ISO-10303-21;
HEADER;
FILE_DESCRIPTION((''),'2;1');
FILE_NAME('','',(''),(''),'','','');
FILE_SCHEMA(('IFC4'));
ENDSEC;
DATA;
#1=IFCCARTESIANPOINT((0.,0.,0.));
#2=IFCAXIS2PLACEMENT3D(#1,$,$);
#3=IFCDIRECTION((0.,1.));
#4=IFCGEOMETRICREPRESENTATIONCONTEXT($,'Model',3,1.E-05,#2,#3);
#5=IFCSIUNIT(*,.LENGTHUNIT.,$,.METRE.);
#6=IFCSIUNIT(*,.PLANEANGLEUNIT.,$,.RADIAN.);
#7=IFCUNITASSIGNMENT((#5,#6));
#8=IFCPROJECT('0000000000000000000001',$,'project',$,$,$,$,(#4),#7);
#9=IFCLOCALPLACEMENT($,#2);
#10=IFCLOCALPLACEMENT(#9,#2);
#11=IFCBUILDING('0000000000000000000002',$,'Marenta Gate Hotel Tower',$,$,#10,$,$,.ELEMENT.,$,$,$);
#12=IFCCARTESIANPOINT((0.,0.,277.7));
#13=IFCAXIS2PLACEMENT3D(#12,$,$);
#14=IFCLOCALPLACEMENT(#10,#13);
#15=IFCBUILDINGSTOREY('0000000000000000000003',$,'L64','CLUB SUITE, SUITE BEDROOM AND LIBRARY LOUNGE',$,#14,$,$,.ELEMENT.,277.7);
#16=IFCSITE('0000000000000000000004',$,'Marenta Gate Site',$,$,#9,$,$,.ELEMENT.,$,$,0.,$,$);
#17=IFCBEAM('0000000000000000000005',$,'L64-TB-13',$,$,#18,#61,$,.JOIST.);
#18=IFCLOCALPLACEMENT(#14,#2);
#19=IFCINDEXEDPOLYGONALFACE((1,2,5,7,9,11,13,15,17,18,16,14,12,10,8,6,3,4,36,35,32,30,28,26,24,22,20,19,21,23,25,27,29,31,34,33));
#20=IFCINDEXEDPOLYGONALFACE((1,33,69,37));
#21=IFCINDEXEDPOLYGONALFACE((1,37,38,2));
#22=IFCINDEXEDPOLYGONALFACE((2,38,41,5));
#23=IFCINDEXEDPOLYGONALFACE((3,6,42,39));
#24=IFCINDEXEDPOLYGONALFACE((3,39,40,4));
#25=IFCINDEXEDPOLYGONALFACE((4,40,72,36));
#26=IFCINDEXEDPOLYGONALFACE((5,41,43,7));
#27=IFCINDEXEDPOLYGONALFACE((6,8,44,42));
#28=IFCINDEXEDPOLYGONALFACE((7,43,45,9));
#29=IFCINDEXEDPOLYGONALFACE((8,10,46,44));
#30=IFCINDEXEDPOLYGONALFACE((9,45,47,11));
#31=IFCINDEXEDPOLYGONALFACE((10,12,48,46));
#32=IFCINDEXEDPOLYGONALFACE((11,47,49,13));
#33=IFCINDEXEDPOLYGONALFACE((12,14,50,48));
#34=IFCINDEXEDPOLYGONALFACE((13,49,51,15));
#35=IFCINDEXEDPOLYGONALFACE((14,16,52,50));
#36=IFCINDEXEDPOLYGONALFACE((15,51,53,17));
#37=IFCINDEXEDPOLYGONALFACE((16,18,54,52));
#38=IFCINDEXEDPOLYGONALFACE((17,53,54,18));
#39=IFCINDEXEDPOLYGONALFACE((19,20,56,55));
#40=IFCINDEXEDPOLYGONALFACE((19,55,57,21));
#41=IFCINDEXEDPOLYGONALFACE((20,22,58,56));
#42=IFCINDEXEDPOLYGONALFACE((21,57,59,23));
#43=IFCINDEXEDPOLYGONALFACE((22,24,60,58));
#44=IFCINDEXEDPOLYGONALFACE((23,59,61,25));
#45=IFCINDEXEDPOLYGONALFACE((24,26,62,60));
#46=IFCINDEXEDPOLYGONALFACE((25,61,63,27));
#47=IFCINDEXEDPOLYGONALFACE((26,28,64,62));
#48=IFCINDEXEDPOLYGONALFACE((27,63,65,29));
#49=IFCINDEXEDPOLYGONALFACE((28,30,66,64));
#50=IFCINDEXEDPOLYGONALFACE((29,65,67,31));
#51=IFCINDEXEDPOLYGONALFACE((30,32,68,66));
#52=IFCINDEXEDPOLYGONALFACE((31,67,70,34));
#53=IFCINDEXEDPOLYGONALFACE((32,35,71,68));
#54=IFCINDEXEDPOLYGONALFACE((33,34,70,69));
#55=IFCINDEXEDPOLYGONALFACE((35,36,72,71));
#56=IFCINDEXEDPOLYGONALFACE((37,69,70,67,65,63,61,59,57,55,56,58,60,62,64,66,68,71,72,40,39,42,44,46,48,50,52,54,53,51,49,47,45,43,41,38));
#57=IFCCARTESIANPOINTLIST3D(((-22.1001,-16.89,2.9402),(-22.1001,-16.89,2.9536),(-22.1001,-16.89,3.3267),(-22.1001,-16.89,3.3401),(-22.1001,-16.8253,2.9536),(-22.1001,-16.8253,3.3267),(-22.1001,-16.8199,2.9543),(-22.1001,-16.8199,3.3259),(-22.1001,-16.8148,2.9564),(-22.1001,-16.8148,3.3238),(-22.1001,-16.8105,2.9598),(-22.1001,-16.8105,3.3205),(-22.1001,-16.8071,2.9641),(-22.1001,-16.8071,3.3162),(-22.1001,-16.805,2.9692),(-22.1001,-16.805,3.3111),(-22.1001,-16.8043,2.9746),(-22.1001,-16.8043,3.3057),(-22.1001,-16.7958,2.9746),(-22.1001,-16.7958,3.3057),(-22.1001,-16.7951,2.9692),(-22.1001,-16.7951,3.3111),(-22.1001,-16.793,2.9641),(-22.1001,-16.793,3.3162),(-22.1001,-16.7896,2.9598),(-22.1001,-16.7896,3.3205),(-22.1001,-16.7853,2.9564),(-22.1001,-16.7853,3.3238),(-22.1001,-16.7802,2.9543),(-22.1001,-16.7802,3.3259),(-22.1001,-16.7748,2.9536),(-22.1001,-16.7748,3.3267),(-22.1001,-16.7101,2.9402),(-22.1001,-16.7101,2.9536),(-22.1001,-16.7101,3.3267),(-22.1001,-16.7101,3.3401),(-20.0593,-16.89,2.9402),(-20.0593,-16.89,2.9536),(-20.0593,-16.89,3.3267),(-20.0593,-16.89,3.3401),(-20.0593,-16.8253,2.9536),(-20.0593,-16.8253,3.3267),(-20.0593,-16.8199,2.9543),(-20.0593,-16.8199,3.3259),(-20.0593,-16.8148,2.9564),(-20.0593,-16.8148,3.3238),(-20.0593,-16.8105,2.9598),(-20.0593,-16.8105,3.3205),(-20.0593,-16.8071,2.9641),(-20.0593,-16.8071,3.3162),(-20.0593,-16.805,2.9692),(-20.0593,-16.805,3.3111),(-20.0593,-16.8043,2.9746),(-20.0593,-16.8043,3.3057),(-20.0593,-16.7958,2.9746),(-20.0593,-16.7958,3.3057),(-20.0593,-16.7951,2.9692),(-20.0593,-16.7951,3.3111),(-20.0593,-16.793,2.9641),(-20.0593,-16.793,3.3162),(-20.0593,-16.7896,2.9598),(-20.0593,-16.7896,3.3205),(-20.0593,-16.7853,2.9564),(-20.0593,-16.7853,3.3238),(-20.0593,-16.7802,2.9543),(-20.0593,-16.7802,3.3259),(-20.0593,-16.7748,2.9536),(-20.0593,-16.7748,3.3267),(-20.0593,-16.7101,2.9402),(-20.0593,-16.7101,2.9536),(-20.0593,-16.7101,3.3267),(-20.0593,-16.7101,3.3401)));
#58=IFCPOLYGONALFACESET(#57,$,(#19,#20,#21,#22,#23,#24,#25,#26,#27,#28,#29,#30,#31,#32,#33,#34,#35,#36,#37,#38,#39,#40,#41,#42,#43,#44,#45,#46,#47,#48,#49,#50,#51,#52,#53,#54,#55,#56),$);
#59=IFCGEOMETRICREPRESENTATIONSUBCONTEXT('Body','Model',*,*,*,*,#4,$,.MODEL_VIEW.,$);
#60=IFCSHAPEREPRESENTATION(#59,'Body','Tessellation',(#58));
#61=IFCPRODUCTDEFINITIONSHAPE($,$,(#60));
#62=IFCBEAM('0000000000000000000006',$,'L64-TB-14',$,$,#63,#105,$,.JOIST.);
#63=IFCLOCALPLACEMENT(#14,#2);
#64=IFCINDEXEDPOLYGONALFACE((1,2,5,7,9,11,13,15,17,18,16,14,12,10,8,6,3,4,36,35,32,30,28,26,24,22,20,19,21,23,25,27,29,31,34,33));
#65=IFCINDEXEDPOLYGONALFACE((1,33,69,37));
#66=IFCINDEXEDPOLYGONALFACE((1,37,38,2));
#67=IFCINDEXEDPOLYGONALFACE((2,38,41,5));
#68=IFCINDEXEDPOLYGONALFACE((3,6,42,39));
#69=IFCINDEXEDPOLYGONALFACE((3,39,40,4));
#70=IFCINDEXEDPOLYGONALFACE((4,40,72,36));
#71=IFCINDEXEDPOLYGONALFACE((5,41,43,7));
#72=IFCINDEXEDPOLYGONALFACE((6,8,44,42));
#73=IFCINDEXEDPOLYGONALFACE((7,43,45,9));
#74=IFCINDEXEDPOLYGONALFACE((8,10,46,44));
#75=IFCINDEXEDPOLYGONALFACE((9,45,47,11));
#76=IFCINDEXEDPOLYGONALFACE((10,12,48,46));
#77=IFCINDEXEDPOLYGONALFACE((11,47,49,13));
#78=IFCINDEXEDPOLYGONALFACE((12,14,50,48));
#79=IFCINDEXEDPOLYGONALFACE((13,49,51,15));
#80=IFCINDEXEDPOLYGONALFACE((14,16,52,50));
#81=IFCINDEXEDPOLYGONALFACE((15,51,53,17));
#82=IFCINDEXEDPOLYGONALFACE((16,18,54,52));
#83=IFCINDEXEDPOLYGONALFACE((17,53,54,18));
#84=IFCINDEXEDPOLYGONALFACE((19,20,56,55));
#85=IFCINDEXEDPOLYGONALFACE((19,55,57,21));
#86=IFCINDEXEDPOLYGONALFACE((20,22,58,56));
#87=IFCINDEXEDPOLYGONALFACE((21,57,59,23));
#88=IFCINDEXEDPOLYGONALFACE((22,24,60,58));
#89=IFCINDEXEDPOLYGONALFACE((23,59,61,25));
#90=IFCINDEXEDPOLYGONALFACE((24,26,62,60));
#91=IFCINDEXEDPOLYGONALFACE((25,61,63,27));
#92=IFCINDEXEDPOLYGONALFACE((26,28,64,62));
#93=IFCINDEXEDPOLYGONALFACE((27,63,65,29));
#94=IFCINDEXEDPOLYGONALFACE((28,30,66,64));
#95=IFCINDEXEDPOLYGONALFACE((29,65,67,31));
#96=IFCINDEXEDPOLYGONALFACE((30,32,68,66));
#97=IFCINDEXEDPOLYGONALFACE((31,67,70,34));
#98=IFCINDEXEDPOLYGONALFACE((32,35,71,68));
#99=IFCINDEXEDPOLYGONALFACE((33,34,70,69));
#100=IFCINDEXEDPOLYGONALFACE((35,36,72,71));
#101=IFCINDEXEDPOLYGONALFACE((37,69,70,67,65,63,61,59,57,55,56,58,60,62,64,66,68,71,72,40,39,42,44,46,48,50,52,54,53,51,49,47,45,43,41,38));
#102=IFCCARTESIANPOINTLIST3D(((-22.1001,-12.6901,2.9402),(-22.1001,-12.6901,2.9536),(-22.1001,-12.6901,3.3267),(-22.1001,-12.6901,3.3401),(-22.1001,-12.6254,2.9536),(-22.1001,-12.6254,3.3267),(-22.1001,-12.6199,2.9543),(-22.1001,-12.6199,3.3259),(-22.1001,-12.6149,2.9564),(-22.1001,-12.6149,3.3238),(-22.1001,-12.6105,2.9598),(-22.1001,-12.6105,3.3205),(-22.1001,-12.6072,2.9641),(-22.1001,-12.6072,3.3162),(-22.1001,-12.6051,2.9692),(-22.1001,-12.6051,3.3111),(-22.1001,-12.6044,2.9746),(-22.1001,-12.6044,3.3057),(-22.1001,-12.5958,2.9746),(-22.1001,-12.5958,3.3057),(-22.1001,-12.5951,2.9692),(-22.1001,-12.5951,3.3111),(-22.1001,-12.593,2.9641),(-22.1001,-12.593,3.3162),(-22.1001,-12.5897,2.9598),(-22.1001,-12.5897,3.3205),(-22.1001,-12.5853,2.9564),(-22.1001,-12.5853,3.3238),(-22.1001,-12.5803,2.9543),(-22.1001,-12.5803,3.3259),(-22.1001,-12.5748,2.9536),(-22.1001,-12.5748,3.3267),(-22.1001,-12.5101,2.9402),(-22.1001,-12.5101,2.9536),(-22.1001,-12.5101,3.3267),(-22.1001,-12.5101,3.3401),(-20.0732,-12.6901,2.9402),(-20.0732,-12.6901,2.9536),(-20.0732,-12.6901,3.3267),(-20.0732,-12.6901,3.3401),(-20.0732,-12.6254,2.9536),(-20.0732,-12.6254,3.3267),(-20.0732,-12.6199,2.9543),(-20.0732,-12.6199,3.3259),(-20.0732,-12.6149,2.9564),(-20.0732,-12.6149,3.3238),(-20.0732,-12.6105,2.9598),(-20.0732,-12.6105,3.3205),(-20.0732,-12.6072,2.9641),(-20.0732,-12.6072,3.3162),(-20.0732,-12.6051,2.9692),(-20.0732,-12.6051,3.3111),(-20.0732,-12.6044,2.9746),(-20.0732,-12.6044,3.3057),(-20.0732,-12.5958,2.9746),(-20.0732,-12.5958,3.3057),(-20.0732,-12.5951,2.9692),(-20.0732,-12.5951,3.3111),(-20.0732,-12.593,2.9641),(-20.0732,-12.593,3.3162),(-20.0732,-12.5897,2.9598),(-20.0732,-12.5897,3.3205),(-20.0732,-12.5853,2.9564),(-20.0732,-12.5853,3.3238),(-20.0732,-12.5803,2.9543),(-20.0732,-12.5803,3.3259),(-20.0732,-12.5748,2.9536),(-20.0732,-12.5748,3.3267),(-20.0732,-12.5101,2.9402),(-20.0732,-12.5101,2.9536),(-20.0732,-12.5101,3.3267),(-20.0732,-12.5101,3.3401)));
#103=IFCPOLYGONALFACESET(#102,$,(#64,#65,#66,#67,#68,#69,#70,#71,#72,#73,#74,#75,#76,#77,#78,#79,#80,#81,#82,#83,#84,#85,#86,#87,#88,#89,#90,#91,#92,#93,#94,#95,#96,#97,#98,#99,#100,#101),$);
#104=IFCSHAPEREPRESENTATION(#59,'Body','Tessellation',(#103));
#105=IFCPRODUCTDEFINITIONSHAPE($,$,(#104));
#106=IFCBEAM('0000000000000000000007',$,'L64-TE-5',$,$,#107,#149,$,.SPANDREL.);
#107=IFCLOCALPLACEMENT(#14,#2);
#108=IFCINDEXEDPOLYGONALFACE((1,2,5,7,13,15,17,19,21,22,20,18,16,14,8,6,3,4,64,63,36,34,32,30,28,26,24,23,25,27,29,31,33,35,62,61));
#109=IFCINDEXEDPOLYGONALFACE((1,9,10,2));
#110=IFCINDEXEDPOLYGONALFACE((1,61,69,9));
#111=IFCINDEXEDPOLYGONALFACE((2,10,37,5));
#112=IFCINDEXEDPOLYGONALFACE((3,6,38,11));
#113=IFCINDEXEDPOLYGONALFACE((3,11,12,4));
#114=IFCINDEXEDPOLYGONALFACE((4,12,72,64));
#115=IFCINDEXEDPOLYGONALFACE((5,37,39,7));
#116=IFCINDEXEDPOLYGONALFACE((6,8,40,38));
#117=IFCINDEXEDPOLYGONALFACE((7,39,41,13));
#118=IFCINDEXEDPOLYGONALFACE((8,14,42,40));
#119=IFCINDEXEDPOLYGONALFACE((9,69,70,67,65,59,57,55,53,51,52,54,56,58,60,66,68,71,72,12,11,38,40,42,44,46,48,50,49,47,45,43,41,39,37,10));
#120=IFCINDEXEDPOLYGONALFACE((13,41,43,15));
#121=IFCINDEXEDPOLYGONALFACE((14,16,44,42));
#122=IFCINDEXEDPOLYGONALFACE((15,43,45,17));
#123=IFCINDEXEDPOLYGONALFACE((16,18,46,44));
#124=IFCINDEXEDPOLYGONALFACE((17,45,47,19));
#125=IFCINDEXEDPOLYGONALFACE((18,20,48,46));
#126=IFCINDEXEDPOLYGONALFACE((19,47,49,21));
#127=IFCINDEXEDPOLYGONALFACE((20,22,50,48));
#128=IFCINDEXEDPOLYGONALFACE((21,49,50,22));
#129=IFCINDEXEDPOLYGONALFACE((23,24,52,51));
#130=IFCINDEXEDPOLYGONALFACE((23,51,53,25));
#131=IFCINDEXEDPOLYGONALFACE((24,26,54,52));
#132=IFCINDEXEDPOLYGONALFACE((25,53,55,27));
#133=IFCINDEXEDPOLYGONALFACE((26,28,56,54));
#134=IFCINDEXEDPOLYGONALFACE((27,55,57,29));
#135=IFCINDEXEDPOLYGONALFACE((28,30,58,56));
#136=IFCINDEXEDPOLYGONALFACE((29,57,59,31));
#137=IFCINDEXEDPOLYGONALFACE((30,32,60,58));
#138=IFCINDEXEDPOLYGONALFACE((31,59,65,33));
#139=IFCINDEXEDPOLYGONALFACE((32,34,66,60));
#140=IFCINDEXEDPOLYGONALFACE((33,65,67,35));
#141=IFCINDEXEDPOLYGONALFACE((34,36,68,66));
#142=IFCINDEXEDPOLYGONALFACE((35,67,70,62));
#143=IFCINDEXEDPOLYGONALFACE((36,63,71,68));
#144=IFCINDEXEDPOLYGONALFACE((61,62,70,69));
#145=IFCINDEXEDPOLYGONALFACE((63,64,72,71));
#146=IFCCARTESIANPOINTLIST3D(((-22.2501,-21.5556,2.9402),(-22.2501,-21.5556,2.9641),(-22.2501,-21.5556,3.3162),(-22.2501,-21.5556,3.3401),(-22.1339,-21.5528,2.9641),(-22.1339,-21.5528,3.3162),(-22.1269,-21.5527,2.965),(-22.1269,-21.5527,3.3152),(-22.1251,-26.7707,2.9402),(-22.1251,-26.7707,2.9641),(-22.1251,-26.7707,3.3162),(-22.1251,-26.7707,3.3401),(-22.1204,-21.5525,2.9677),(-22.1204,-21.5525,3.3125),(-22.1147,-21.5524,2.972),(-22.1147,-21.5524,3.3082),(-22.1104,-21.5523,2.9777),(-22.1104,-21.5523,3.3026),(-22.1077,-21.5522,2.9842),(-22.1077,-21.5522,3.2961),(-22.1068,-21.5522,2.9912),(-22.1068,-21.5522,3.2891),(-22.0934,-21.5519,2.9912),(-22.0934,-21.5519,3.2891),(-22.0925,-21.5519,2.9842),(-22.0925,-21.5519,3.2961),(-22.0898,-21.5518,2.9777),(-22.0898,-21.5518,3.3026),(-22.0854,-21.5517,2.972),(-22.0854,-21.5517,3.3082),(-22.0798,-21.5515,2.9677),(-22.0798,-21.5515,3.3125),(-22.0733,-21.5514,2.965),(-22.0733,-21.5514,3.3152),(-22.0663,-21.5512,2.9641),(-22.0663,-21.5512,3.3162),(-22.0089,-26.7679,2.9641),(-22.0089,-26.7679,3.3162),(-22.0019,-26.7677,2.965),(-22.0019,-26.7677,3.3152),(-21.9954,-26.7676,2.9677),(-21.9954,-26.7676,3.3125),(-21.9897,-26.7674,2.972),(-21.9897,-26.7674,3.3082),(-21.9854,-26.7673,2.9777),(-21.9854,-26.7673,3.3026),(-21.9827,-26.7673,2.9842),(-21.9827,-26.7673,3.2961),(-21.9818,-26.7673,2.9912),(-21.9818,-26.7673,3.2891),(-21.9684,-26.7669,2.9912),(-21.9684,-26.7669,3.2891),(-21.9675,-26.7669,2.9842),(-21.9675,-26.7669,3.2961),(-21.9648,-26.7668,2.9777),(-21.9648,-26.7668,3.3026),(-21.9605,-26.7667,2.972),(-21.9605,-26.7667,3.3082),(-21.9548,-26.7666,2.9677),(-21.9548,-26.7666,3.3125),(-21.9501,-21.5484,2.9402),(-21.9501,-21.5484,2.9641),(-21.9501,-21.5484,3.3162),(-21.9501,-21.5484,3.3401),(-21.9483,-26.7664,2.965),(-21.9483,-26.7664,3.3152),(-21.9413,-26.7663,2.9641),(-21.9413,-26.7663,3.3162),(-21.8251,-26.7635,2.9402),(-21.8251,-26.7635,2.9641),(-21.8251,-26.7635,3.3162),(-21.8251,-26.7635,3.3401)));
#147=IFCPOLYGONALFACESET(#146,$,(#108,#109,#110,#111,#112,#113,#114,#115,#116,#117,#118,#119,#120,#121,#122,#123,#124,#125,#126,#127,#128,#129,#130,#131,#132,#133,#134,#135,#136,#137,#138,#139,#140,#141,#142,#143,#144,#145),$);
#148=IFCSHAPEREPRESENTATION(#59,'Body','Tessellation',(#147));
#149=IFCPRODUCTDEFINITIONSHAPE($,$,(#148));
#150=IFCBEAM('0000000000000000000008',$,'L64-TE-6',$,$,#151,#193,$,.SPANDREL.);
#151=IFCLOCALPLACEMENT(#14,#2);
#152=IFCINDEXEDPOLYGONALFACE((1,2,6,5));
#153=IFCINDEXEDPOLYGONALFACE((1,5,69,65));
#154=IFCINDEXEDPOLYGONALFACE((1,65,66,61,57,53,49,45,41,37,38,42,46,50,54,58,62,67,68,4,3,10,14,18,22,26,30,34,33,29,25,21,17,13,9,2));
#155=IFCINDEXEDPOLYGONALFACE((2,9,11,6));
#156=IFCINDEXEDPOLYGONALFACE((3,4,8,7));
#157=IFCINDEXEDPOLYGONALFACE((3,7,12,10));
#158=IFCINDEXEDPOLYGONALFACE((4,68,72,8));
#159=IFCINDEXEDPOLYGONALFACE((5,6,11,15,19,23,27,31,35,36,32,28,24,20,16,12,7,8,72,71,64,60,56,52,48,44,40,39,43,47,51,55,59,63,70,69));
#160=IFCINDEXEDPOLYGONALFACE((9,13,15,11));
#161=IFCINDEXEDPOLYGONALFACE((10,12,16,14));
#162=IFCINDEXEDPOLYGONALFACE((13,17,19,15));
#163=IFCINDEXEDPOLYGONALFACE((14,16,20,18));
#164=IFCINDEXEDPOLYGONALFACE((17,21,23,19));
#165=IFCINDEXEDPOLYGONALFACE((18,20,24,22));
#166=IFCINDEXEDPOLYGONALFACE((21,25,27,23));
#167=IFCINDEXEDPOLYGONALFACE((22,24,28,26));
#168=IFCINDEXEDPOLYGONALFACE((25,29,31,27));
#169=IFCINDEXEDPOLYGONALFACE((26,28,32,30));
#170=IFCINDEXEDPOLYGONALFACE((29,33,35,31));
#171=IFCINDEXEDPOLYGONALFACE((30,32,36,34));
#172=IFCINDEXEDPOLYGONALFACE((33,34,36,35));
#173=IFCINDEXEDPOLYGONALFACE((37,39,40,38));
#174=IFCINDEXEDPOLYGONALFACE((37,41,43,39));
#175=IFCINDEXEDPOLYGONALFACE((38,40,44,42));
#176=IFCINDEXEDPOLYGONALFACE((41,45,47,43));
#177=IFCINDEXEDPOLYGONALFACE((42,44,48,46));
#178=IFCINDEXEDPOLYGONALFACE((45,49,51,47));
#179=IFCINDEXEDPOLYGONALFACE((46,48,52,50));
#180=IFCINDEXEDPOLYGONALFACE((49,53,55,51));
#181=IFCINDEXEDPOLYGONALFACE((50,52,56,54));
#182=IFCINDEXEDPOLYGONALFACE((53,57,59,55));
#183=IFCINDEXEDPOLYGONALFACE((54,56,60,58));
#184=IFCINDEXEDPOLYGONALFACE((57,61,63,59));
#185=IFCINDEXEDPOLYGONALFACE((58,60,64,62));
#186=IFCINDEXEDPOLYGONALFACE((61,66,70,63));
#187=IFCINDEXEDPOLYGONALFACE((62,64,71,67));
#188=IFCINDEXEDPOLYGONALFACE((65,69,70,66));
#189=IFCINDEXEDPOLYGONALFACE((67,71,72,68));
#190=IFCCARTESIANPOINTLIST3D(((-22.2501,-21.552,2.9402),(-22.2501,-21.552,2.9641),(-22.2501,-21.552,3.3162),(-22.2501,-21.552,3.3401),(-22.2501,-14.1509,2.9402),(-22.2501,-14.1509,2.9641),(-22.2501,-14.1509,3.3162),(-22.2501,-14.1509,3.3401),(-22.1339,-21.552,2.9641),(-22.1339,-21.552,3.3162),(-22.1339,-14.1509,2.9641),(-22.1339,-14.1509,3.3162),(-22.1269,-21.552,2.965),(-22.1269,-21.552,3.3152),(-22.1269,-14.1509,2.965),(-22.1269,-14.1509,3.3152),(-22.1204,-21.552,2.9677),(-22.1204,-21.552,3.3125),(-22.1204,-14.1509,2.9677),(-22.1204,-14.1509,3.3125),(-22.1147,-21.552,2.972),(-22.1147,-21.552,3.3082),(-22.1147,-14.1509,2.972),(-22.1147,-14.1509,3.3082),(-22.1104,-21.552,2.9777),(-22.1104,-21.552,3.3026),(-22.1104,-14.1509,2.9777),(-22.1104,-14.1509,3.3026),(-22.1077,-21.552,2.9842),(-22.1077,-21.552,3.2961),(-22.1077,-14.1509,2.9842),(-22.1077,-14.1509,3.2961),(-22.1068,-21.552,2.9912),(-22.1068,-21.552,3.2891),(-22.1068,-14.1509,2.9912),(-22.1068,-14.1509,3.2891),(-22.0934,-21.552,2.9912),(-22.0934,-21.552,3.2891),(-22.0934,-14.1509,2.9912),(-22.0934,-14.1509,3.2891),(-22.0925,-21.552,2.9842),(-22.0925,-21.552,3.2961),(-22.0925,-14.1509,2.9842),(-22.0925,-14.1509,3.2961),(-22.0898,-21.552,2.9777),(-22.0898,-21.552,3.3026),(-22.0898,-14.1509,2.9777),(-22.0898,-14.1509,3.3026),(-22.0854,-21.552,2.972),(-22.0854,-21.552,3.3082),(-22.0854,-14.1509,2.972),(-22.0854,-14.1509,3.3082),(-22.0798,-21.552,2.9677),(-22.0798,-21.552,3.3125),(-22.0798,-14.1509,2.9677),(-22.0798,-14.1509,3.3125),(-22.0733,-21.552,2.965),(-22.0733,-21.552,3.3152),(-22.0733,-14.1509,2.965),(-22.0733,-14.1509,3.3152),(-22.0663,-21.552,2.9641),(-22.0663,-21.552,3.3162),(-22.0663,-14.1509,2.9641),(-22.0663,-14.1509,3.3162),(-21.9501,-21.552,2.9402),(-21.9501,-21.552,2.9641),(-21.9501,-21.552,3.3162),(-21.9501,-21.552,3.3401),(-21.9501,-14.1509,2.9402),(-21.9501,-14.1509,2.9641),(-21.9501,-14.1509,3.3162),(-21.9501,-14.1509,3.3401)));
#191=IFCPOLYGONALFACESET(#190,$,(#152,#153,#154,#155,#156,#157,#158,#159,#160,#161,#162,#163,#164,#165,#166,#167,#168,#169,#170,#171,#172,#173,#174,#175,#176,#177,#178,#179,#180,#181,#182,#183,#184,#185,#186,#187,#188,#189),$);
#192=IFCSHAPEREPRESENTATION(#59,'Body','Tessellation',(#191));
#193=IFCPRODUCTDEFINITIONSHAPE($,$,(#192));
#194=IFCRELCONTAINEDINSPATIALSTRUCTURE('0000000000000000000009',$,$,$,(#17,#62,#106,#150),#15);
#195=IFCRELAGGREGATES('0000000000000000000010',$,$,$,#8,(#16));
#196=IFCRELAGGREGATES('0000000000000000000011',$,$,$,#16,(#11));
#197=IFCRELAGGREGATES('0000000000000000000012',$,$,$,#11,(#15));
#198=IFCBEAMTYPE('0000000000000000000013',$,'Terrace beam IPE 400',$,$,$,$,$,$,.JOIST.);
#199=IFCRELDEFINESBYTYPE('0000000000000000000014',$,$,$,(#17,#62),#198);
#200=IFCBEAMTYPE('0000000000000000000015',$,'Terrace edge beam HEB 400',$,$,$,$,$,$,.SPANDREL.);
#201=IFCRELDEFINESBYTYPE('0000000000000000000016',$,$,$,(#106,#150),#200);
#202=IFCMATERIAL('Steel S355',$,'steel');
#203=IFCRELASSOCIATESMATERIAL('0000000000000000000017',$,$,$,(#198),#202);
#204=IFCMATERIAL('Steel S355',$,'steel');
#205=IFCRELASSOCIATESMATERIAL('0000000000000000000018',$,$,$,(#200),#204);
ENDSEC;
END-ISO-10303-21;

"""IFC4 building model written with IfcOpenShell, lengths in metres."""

from ifc_helpers import new_model, si_unit, direction, frame, origin, origin_2d, place, context, subcontext, project, spatial, i_section, extrude, material, material_profile, profile_set, type_object, element, save


model = new_model("IFC4")

# Units and contexts
model_context = context("Model", 3, precision=1e-05, world=origin(), true_north=direction((0.0, 1.0)))
body_context = subcontext(model_context, "Body", "Model", "MODEL_VIEW")
ifc_project = project(units=[si_unit("LENGTHUNIT", "METRE"), si_unit("PLANEANGLEUNIT", "RADIAN")], contexts=[model_context])

# Site, building, storey
site_placement = place(None, origin())
site = spatial("IfcSite", under=ifc_project, at=site_placement, Name="Marenta Gate Site", CompositionType="ELEMENT", RefElevation=0.0)
building_placement = place(site_placement, origin())
building = spatial("IfcBuilding", under=site, at=building_placement, Name="Marenta Gate Hotel Tower", CompositionType="ELEMENT")
storey_placement = place(building_placement, frame((0.0, 0.0, 277.7)))
storey = spatial("IfcBuildingStorey", under=building, at=storey_placement, Name="L64", Description="CLUB SUITE, SUITE BEDROOM AND LIBRARY LOUNGE", CompositionType="ELEMENT", Elevation=277.7)

# Beams
ifc_material_1 = material(Name="Steel S355", Category="steel")
ifc_material_profile_1 = material_profile(ifc_material_1, i_section(OverallWidth=0.1799, OverallDepth=0.3999, WebThickness=0.0085, FlangeThickness=0.0134, FilletRadius=0.021, at=origin_2d()), Name="IPE 400")
ifc_profile_set_1 = profile_set([ifc_material_profile_1], Name="Steel S355")
beam_type_1 = type_object("IfcBeamType", Name="Terrace beam IPE 400", PredefinedType="JOIST", material=ifc_profile_set_1)
beam_1_placement = place(storey_placement, frame((-22.1001, -16.8, 3.1401), z_axis=(1.0, 0.0, 0.0), x_axis=(0.0, 1.0, 0.0)))
element("IfcBeam", 1, at=beam_1_placement, inside=storey, type_object=beam_type_1, Name="L64-TB-13", PredefinedType="JOIST", context=body_context, shape_type="SweptSolid", body=[
    extrude(i_section(OverallWidth=0.1799, OverallDepth=0.3999, WebThickness=0.0085, FlangeThickness=0.0134, FilletRadius=0.021, at=origin_2d()), origin(), (0.0, 0.0, 1.0), 2.0408),
])
beam_2_placement = place(storey_placement, frame((-22.1001, -12.6001, 3.1401), z_axis=(1.0, 0.0, 0.0), x_axis=(0.0, 1.0, 0.0)))
element("IfcBeam", 2, at=beam_2_placement, inside=storey, type_object=beam_type_1, Name="L64-TB-14", PredefinedType="JOIST", context=body_context, shape_type="SweptSolid", body=[
    extrude(i_section(OverallWidth=0.1799, OverallDepth=0.3999, WebThickness=0.0085, FlangeThickness=0.0134, FilletRadius=0.021, at=origin_2d()), origin(), (0.0, 0.0, 1.0), 2.0269),
])
ifc_material_2 = material(Name="Steel S355", Category="steel")
ifc_material_profile_2 = material_profile(ifc_material_2, i_section(OverallWidth=0.3, OverallDepth=0.3999, WebThickness=0.0134, FlangeThickness=0.0239, FilletRadius=0.0271, at=origin_2d()), Name="HEB 400")
ifc_profile_set_2 = profile_set([ifc_material_profile_2], Name="Steel S355")
beam_type_2 = type_object("IfcBeamType", Name="Terrace edge beam HEB 400", PredefinedType="SPANDREL", material=ifc_profile_set_2)
beam_3_placement = place(storey_placement, frame((-21.9751, -26.7671, 3.1401), z_axis=(-0.023962, 0.999713, 0.0), x_axis=(-0.999713, -0.023962, 0.0)))
element("IfcBeam", 3, at=beam_3_placement, inside=storey, type_object=beam_type_2, Name="L64-TE-5", PredefinedType="SPANDREL", context=body_context, shape_type="SweptSolid", body=[
    extrude(i_section(OverallWidth=0.3, OverallDepth=0.3999, WebThickness=0.0134, FlangeThickness=0.0239, FilletRadius=0.0271, at=origin_2d()), origin(), (0.0, 0.0, 1.0), 5.2166),
])
beam_4_placement = place(storey_placement, frame((-22.1001, -21.552, 3.1401), z_axis=(0.0, 1.0, 0.0), x_axis=(-1.0, 0.0, 0.0)))
element("IfcBeam", 4, at=beam_4_placement, inside=storey, type_object=beam_type_2, Name="L64-TE-6", PredefinedType="SPANDREL", context=body_context, shape_type="SweptSolid", body=[
    extrude(i_section(OverallWidth=0.3, OverallDepth=0.3999, WebThickness=0.0134, FlangeThickness=0.0239, FilletRadius=0.0271, at=origin_2d()), origin(), (0.0, 0.0, 1.0), 7.4011),
])

save(model, "model.ifc")
